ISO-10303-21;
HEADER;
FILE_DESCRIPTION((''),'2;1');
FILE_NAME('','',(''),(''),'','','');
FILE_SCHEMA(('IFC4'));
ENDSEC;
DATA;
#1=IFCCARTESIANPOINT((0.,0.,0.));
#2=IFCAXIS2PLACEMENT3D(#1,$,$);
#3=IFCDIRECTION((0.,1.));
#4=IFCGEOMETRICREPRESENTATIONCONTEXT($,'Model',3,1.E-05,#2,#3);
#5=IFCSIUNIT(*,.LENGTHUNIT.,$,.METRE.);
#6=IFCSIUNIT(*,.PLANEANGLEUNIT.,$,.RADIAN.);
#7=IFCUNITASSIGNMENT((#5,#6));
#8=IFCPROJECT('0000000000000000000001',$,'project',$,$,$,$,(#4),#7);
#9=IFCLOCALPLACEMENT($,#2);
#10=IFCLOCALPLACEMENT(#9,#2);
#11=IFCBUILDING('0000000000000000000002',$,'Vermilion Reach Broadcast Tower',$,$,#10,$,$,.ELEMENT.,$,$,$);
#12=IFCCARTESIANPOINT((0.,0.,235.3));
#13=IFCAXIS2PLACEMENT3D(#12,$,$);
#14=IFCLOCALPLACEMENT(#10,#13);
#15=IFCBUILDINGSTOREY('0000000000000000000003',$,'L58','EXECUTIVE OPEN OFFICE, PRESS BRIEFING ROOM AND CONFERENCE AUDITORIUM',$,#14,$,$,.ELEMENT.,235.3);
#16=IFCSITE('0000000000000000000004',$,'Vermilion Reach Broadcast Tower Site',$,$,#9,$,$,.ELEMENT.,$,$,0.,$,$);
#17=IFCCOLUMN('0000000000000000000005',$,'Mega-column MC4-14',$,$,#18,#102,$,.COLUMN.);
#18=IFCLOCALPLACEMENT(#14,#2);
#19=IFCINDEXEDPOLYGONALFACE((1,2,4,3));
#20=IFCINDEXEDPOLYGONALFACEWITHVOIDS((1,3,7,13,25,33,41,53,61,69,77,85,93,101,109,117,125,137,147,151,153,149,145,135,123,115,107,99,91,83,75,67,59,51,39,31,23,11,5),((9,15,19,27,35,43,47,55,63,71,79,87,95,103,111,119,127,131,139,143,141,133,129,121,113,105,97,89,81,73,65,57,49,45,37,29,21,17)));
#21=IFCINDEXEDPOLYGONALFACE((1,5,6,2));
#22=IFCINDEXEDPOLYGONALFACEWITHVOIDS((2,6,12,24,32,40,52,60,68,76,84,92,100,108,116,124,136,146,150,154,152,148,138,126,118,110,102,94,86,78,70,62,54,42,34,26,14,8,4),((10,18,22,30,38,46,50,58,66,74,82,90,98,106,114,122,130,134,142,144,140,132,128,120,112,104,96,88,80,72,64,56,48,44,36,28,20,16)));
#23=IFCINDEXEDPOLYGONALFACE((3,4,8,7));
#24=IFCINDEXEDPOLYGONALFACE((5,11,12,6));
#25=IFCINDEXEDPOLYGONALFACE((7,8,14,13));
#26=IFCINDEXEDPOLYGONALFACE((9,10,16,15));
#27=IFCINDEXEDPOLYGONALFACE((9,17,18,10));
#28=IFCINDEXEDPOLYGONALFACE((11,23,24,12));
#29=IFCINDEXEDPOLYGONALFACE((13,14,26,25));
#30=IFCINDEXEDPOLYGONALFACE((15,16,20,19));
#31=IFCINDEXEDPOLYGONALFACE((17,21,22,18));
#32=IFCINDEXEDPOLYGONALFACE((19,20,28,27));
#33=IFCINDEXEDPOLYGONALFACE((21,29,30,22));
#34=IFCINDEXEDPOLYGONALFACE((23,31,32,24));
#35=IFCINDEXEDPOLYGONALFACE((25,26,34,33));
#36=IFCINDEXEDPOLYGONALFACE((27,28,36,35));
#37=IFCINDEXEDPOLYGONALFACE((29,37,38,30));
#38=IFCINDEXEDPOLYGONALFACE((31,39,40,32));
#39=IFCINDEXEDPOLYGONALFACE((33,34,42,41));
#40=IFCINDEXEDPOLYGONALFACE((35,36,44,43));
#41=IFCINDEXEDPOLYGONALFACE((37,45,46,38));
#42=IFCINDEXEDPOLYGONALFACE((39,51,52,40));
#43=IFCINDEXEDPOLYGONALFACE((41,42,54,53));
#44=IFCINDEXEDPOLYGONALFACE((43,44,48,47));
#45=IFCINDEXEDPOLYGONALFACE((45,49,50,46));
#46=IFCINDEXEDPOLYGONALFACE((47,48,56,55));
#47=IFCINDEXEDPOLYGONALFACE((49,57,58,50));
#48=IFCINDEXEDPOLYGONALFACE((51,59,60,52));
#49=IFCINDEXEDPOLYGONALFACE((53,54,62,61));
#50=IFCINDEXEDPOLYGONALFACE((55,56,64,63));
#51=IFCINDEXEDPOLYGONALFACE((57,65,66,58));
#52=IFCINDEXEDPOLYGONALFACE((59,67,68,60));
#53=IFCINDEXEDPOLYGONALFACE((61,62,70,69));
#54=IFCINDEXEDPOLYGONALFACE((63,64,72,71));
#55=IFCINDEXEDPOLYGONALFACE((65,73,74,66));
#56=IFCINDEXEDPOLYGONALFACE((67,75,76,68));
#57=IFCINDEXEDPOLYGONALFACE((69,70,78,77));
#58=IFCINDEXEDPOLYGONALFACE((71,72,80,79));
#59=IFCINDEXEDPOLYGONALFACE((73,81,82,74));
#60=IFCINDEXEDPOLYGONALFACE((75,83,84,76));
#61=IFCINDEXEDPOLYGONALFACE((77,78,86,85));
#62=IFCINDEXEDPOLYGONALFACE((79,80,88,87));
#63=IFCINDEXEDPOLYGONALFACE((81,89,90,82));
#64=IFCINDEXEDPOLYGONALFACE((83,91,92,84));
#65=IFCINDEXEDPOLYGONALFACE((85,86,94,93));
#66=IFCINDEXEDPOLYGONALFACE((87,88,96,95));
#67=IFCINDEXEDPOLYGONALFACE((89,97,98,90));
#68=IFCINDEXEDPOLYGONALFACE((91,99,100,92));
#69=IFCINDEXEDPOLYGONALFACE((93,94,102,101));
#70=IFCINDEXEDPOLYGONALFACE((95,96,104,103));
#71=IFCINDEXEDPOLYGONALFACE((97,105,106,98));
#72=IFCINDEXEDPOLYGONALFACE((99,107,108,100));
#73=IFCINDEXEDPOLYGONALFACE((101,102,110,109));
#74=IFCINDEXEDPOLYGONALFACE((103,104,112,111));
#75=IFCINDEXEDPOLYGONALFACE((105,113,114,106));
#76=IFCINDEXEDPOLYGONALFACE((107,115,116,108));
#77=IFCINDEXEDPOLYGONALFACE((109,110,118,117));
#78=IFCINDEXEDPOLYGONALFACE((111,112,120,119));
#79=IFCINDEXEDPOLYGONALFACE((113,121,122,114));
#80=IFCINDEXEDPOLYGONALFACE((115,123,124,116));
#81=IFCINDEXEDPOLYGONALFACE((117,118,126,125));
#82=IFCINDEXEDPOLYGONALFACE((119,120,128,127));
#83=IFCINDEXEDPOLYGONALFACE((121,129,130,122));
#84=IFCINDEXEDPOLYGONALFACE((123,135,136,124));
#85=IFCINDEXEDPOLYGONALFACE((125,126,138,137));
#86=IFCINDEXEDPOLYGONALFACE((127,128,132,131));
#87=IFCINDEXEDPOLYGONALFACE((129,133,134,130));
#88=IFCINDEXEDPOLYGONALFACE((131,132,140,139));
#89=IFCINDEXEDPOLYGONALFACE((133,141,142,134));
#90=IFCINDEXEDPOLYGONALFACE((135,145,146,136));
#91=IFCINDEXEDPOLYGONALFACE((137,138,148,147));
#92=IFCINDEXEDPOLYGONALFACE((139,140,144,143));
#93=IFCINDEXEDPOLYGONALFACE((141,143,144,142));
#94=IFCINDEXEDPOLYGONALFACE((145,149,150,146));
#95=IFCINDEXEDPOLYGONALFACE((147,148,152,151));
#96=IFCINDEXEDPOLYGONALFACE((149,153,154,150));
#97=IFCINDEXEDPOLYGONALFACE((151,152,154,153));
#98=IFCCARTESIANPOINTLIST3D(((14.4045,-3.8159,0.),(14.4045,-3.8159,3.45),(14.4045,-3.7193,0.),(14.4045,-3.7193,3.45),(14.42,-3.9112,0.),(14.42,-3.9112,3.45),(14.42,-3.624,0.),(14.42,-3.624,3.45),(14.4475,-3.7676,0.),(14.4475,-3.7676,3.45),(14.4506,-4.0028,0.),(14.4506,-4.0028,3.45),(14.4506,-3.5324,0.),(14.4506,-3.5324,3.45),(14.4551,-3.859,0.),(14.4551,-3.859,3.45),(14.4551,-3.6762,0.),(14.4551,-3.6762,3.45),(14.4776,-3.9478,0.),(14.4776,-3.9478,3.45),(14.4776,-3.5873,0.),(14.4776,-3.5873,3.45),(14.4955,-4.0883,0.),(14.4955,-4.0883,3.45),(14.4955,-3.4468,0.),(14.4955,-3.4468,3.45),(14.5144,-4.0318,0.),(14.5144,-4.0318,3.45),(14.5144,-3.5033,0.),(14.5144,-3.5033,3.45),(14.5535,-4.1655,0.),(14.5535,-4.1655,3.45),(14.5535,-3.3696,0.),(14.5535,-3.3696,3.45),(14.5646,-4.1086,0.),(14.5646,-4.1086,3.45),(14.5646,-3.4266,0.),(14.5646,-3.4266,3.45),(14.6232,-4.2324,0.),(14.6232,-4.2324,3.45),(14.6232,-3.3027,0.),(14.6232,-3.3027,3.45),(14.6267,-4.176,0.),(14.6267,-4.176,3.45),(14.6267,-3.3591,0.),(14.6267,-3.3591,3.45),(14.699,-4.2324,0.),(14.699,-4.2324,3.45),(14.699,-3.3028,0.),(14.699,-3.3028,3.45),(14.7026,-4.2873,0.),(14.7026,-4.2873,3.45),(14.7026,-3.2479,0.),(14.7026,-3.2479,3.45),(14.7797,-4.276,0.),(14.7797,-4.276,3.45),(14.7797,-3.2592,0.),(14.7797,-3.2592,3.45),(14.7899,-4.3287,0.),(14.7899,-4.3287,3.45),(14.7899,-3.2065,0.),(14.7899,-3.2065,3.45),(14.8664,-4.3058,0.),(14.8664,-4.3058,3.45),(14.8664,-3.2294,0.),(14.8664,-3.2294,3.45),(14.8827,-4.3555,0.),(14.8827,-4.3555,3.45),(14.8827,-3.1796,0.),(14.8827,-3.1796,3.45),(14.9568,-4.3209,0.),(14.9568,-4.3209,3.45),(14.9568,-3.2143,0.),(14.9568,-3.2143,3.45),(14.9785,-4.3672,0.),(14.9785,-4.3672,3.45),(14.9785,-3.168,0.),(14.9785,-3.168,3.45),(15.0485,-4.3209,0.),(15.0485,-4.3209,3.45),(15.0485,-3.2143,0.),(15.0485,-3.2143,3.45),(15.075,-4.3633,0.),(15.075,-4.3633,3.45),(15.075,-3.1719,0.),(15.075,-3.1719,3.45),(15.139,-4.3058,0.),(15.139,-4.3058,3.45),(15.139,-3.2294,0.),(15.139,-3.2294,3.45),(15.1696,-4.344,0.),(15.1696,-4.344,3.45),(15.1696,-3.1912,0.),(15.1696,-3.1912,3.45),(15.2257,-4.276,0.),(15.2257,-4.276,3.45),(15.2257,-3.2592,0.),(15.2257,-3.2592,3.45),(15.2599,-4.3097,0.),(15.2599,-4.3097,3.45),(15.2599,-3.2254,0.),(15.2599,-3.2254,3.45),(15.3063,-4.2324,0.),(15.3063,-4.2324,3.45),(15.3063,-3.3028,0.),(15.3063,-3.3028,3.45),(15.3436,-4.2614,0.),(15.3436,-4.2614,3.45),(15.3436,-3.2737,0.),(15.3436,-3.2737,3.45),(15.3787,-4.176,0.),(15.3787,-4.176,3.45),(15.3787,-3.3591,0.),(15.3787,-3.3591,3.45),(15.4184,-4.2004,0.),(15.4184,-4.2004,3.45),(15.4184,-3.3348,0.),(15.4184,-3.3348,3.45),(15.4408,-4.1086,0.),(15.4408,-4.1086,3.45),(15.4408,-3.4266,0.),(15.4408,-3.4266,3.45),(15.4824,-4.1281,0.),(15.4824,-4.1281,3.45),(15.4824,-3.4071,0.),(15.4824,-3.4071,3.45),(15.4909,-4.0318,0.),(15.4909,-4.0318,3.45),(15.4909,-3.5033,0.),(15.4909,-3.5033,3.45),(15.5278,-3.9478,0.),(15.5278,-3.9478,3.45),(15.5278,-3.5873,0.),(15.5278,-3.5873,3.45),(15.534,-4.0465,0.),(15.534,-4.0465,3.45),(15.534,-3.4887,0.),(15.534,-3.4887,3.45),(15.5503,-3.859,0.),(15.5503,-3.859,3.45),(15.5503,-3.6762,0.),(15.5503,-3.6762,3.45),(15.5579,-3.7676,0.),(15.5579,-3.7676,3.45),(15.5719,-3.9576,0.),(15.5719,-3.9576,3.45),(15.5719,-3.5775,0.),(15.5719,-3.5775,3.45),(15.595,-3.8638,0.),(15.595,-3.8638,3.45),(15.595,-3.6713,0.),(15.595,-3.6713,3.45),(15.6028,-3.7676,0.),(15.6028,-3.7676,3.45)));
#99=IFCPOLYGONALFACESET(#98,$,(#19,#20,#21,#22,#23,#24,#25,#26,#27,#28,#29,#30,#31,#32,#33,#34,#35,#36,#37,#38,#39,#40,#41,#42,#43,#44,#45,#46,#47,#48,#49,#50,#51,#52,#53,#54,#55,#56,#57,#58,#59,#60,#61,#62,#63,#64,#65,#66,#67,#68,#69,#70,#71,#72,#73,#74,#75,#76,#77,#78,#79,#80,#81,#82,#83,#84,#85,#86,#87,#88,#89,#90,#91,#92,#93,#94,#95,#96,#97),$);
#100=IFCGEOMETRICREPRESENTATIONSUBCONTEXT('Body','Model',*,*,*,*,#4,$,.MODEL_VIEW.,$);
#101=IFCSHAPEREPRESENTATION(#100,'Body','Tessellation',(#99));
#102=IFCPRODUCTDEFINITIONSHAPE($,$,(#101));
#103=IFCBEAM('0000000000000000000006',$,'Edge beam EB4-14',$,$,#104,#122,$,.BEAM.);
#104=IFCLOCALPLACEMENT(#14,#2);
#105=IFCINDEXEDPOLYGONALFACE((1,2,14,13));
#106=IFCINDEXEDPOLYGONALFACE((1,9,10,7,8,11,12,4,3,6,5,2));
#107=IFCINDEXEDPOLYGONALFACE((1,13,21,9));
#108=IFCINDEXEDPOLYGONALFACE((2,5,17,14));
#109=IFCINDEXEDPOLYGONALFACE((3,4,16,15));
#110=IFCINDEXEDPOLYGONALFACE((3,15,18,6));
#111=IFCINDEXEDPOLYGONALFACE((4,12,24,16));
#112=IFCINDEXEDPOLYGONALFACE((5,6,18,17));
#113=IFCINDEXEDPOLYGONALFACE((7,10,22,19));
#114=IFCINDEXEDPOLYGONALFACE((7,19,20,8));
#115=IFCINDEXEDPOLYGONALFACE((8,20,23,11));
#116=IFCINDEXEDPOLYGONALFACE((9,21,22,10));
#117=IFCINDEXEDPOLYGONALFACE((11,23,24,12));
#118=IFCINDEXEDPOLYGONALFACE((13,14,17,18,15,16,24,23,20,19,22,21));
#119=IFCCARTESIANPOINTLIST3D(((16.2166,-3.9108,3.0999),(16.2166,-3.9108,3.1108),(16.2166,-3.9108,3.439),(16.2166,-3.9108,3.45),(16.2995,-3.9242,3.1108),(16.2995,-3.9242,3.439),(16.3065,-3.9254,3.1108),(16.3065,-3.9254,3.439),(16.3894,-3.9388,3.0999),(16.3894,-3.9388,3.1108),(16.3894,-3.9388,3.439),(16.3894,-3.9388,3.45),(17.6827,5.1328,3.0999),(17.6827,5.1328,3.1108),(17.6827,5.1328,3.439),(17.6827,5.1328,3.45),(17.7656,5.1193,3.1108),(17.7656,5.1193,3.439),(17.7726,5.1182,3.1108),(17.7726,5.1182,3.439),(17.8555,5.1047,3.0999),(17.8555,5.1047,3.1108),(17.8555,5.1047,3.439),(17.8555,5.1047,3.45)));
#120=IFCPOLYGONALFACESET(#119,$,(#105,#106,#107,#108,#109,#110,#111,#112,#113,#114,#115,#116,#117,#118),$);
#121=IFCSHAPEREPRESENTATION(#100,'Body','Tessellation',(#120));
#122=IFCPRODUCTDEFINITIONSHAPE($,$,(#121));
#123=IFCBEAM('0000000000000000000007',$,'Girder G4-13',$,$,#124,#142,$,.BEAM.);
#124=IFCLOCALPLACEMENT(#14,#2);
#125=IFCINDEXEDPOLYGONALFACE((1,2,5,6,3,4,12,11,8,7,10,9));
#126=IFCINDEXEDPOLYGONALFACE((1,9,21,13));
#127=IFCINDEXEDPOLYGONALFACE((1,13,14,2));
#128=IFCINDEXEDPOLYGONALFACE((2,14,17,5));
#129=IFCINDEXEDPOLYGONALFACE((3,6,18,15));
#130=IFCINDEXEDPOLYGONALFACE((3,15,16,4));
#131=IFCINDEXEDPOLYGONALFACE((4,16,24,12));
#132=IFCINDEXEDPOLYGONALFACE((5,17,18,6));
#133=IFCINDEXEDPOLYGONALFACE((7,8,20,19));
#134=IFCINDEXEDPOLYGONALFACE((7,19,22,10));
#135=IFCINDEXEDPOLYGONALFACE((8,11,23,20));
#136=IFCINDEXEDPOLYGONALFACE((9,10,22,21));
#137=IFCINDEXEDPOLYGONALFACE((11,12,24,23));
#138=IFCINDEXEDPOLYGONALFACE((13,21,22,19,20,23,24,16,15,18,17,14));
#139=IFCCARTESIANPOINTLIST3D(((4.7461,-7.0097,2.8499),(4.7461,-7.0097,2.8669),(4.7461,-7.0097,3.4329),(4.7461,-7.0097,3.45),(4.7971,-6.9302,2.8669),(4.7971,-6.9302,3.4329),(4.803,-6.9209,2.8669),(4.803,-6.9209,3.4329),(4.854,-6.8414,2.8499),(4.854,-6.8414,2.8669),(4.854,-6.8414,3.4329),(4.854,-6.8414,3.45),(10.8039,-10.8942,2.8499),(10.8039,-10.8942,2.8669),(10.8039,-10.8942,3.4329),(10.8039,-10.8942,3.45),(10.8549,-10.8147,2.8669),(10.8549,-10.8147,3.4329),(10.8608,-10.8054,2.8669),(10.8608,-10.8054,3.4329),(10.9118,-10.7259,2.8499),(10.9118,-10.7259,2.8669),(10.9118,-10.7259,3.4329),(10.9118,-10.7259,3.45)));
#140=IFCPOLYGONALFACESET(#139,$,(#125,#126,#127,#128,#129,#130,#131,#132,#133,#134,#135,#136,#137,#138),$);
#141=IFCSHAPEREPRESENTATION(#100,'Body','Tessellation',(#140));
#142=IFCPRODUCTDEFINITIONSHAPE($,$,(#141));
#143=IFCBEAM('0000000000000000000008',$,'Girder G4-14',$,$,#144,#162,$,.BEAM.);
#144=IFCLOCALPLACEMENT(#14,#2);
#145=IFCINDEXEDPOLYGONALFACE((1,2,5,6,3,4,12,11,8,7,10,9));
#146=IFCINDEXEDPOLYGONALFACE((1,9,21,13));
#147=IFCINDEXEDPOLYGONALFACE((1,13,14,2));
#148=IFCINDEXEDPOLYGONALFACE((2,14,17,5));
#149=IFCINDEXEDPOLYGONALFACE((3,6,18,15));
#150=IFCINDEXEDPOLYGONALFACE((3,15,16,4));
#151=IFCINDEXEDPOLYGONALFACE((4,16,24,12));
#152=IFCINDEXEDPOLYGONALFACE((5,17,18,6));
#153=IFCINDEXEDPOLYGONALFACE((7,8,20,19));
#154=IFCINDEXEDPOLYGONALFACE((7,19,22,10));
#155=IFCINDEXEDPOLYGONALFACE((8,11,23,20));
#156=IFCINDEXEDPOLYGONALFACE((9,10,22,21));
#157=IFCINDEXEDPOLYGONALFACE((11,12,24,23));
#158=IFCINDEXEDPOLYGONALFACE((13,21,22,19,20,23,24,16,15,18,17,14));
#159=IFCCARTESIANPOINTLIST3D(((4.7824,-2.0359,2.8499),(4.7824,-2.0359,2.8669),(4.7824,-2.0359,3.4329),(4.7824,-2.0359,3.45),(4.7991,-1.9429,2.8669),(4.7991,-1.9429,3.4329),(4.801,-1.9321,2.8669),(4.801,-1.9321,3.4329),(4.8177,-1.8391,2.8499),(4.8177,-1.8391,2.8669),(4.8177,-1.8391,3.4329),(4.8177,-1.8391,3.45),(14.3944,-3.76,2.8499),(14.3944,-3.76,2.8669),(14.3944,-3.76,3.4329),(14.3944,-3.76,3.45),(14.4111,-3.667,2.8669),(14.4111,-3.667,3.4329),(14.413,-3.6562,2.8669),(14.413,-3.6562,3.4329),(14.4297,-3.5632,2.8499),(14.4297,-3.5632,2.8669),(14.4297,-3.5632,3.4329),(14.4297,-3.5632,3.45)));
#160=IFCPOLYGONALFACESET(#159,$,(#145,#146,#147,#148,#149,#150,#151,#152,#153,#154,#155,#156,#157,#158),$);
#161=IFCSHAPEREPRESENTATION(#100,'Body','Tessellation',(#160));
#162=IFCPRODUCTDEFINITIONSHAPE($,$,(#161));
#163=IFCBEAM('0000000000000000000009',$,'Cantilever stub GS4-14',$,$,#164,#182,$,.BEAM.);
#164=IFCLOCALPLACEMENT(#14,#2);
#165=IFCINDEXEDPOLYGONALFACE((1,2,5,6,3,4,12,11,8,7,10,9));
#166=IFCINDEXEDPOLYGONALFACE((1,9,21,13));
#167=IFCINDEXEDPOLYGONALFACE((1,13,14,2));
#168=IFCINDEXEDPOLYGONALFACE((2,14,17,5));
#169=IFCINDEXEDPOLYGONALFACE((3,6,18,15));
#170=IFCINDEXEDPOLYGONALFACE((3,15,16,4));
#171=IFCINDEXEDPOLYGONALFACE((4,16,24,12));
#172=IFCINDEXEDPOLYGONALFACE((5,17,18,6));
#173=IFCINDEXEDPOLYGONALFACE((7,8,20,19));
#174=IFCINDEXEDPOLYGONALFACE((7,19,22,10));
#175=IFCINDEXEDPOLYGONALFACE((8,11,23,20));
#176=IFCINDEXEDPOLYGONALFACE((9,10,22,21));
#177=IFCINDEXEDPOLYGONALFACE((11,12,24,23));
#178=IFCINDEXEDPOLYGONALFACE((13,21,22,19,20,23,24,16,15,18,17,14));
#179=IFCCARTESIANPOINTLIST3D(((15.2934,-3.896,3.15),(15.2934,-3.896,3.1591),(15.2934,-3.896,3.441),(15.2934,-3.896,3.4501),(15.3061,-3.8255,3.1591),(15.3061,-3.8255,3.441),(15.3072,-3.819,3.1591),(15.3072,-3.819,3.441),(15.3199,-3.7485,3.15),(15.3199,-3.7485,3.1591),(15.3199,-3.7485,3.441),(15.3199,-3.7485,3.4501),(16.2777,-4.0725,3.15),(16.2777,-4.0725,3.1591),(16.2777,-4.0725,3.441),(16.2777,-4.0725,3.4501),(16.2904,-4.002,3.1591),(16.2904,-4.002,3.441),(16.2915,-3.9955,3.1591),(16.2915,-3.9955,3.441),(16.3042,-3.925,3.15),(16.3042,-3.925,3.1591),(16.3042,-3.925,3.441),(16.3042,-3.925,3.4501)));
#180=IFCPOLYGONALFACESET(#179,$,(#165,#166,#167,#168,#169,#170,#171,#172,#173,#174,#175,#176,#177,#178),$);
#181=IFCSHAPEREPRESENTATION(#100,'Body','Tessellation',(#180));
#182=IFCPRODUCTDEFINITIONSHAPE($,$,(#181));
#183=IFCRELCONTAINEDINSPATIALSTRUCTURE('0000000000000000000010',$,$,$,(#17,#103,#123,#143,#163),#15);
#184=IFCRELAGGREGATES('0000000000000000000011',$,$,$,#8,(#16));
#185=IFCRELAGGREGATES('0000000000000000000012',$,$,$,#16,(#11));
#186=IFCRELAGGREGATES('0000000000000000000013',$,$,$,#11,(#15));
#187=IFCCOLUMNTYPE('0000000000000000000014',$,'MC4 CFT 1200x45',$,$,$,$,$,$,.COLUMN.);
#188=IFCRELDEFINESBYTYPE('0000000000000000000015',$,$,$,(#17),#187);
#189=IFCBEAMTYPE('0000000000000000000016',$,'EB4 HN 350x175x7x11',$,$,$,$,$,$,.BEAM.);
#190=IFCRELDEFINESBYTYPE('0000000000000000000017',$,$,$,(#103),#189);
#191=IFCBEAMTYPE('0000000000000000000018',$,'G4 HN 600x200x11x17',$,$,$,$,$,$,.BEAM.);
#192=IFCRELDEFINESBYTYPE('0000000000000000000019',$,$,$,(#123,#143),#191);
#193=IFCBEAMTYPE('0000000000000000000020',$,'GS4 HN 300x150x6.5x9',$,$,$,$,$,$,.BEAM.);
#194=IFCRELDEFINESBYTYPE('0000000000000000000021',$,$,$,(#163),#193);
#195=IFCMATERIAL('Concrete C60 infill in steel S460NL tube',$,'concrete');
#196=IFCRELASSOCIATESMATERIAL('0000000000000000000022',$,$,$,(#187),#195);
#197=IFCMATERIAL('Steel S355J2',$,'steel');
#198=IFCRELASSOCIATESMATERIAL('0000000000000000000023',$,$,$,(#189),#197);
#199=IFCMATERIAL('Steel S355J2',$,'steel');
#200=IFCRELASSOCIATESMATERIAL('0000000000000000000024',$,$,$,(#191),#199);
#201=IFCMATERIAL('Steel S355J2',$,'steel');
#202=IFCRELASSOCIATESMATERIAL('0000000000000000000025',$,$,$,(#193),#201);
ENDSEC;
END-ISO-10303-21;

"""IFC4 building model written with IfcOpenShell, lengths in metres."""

from ifc_helpers import new_model, si_unit, direction, frame, origin, origin_2d, place, context, subcontext, project, spatial, hollow_circle, i_section, extrude, material, material_profile, profile_set, type_object, element, save


model = new_model("IFC4")

# Units and contexts
model_context = context("Model", 3, precision=1e-05, world=origin(), true_north=direction((0.0, 1.0)))
body_context = subcontext(model_context, "Body", "Model", "MODEL_VIEW")
ifc_project = project(units=[si_unit("LENGTHUNIT", "METRE"), si_unit("PLANEANGLEUNIT", "RADIAN")], contexts=[model_context])

# Site, building, storey
site_placement = place(None, origin())
site = spatial("IfcSite", under=ifc_project, at=site_placement, Name="Vermilion Reach Broadcast Tower Site", CompositionType="ELEMENT", RefElevation=0.0)
building_placement = place(site_placement, origin())
building = spatial("IfcBuilding", under=site, at=building_placement, Name="Vermilion Reach Broadcast Tower", CompositionType="ELEMENT")
storey_placement = place(building_placement, frame((0.0, 0.0, 235.3)))
storey = spatial("IfcBuildingStorey", under=building, at=storey_placement, Name="L58", Description="EXECUTIVE OPEN OFFICE, PRESS BRIEFING ROOM AND CONFERENCE AUDITORIUM", CompositionType="ELEMENT", Elevation=235.3)

# Column
ifc_material_1 = material(Name="Concrete C60 infill in steel S460NL tube", Category="concrete")
ifc_material_profile_1 = material_profile(ifc_material_1, hollow_circle(Radius=0.6001, WallThickness=0.0449, at=origin_2d()), Name="Concrete C60 infill in steel S460NL tube CFT 1200x45")
ifc_profile_set_1 = profile_set([ifc_material_profile_1], Name="Concrete C60 infill in steel S460NL tube")
column_type = type_object("IfcColumnType", Name="MC4 CFT 1200x45", PredefinedType="COLUMN", material=ifc_profile_set_1)
column_placement = place(storey_placement, frame((15.0027, -3.7676, 0.0), z_axis=(0.0, 0.0, 1.0), x_axis=(1.0, 0.0, 0.0)))
element("IfcColumn", 1, at=column_placement, inside=storey, type_object=column_type, Name="Mega-column MC4-14", PredefinedType="COLUMN", context=body_context, shape_type="SweptSolid", body=[
    extrude(hollow_circle(Radius=0.6001, WallThickness=0.0449, at=origin_2d()), origin(), (0.0, 0.0, 1.0), 3.45),
])

# Beams
ifc_material_2 = material(Name="Steel S355J2", Category="steel")
ifc_material_profile_2 = material_profile(ifc_material_2, i_section(OverallWidth=0.175, OverallDepth=0.3501, WebThickness=0.0071, FlangeThickness=0.011, at=origin_2d()), Name="S355J2 HN 350x175x7x11")
ifc_profile_set_2 = profile_set([ifc_material_profile_2], Name="Steel S355J2")
beam_type_1 = type_object("IfcBeamType", Name="EB4 HN 350x175x7x11", PredefinedType="BEAM", material=ifc_profile_set_2)
beam_1_placement = place(storey_placement, frame((16.303, -3.9248, 3.2749), z_axis=(0.160024, 0.987113, 0.0), x_axis=(-0.987113, 0.160024, 0.0)))
element("IfcBeam", 2, at=beam_1_placement, inside=storey, type_object=beam_type_1, Name="Edge beam EB4-14", PredefinedType="BEAM", context=body_context, shape_type="SweptSolid", body=[
    extrude(i_section(OverallWidth=0.175, OverallDepth=0.3501, WebThickness=0.0071, FlangeThickness=0.011, at=origin_2d()), origin(), (0.0, 0.0, 1.0), 9.1616),
])
ifc_material_3 = material(Name="Steel S355J2", Category="steel")
ifc_material_profile_3 = material_profile(ifc_material_3, i_section(OverallWidth=0.2, OverallDepth=0.6001, WebThickness=0.011, FlangeThickness=0.0171, at=origin_2d()), Name="S355J2 HN 600x200x11x17")
ifc_profile_set_3 = profile_set([ifc_material_profile_3], Name="Steel S355J2")
beam_type_2 = type_object("IfcBeamType", Name="G4 HN 600x200x11x17", PredefinedType="BEAM", material=ifc_profile_set_3)
beam_2_placement = place(storey_placement, frame((4.8, -6.9255, 3.1499), z_axis=(0.841799, -0.539792, 0.0), x_axis=(0.539792, 0.841799, 0.0)))
element("IfcBeam", 3, at=beam_2_placement, inside=storey, type_object=beam_type_2, Name="Girder G4-13", PredefinedType="BEAM", context=body_context, shape_type="SweptSolid", body=[
    extrude(i_section(OverallWidth=0.2, OverallDepth=0.6001, WebThickness=0.011, FlangeThickness=0.0171, at=origin_2d()), origin(), (0.0, 0.0, 1.0), 7.1963),
])
beam_3_placement = place(storey_placement, frame((4.8, -1.9375, 3.1499), z_axis=(0.984291, -0.176553, 0.0), x_axis=(0.176553, 0.984291, 0.0)))
element("IfcBeam", 4, at=beam_3_placement, inside=storey, type_object=beam_type_2, Name="Girder G4-14", PredefinedType="BEAM", context=body_context, shape_type="SweptSolid", body=[
    extrude(i_section(OverallWidth=0.2, OverallDepth=0.6001, WebThickness=0.011, FlangeThickness=0.0171, at=origin_2d()), origin(), (0.0, 0.0, 1.0), 9.7654),
])
ifc_material_4 = material(Name="Steel S355J2", Category="steel")
ifc_material_profile_4 = material_profile(ifc_material_4, i_section(OverallWidth=0.1499, OverallDepth=0.3, WebThickness=0.0066, FlangeThickness=0.009, at=origin_2d()), Name="S355J2 HN 300x150x6.5x9")
ifc_profile_set_4 = profile_set([ifc_material_profile_4], Name="Steel S355J2")
beam_type_3 = type_object("IfcBeamType", Name="GS4 HN 300x150x6.5x9", PredefinedType="BEAM", material=ifc_profile_set_4)
beam_4_placement = place(storey_placement, frame((15.3066, -3.8223, 3.3), z_axis=(0.984301, -0.1765, 0.0), x_axis=(0.1765, 0.984301, 0.0)))
element("IfcBeam", 5, at=beam_4_placement, inside=storey, type_object=beam_type_3, Name="Cantilever stub GS4-14", PredefinedType="BEAM", context=body_context, shape_type="SweptSolid", body=[
    extrude(i_section(OverallWidth=0.1499, OverallDepth=0.3, WebThickness=0.0066, FlangeThickness=0.009, at=origin_2d()), origin(), (0.0, 0.0, 1.0), 1.0),
])

save(model, "model.ifc")
